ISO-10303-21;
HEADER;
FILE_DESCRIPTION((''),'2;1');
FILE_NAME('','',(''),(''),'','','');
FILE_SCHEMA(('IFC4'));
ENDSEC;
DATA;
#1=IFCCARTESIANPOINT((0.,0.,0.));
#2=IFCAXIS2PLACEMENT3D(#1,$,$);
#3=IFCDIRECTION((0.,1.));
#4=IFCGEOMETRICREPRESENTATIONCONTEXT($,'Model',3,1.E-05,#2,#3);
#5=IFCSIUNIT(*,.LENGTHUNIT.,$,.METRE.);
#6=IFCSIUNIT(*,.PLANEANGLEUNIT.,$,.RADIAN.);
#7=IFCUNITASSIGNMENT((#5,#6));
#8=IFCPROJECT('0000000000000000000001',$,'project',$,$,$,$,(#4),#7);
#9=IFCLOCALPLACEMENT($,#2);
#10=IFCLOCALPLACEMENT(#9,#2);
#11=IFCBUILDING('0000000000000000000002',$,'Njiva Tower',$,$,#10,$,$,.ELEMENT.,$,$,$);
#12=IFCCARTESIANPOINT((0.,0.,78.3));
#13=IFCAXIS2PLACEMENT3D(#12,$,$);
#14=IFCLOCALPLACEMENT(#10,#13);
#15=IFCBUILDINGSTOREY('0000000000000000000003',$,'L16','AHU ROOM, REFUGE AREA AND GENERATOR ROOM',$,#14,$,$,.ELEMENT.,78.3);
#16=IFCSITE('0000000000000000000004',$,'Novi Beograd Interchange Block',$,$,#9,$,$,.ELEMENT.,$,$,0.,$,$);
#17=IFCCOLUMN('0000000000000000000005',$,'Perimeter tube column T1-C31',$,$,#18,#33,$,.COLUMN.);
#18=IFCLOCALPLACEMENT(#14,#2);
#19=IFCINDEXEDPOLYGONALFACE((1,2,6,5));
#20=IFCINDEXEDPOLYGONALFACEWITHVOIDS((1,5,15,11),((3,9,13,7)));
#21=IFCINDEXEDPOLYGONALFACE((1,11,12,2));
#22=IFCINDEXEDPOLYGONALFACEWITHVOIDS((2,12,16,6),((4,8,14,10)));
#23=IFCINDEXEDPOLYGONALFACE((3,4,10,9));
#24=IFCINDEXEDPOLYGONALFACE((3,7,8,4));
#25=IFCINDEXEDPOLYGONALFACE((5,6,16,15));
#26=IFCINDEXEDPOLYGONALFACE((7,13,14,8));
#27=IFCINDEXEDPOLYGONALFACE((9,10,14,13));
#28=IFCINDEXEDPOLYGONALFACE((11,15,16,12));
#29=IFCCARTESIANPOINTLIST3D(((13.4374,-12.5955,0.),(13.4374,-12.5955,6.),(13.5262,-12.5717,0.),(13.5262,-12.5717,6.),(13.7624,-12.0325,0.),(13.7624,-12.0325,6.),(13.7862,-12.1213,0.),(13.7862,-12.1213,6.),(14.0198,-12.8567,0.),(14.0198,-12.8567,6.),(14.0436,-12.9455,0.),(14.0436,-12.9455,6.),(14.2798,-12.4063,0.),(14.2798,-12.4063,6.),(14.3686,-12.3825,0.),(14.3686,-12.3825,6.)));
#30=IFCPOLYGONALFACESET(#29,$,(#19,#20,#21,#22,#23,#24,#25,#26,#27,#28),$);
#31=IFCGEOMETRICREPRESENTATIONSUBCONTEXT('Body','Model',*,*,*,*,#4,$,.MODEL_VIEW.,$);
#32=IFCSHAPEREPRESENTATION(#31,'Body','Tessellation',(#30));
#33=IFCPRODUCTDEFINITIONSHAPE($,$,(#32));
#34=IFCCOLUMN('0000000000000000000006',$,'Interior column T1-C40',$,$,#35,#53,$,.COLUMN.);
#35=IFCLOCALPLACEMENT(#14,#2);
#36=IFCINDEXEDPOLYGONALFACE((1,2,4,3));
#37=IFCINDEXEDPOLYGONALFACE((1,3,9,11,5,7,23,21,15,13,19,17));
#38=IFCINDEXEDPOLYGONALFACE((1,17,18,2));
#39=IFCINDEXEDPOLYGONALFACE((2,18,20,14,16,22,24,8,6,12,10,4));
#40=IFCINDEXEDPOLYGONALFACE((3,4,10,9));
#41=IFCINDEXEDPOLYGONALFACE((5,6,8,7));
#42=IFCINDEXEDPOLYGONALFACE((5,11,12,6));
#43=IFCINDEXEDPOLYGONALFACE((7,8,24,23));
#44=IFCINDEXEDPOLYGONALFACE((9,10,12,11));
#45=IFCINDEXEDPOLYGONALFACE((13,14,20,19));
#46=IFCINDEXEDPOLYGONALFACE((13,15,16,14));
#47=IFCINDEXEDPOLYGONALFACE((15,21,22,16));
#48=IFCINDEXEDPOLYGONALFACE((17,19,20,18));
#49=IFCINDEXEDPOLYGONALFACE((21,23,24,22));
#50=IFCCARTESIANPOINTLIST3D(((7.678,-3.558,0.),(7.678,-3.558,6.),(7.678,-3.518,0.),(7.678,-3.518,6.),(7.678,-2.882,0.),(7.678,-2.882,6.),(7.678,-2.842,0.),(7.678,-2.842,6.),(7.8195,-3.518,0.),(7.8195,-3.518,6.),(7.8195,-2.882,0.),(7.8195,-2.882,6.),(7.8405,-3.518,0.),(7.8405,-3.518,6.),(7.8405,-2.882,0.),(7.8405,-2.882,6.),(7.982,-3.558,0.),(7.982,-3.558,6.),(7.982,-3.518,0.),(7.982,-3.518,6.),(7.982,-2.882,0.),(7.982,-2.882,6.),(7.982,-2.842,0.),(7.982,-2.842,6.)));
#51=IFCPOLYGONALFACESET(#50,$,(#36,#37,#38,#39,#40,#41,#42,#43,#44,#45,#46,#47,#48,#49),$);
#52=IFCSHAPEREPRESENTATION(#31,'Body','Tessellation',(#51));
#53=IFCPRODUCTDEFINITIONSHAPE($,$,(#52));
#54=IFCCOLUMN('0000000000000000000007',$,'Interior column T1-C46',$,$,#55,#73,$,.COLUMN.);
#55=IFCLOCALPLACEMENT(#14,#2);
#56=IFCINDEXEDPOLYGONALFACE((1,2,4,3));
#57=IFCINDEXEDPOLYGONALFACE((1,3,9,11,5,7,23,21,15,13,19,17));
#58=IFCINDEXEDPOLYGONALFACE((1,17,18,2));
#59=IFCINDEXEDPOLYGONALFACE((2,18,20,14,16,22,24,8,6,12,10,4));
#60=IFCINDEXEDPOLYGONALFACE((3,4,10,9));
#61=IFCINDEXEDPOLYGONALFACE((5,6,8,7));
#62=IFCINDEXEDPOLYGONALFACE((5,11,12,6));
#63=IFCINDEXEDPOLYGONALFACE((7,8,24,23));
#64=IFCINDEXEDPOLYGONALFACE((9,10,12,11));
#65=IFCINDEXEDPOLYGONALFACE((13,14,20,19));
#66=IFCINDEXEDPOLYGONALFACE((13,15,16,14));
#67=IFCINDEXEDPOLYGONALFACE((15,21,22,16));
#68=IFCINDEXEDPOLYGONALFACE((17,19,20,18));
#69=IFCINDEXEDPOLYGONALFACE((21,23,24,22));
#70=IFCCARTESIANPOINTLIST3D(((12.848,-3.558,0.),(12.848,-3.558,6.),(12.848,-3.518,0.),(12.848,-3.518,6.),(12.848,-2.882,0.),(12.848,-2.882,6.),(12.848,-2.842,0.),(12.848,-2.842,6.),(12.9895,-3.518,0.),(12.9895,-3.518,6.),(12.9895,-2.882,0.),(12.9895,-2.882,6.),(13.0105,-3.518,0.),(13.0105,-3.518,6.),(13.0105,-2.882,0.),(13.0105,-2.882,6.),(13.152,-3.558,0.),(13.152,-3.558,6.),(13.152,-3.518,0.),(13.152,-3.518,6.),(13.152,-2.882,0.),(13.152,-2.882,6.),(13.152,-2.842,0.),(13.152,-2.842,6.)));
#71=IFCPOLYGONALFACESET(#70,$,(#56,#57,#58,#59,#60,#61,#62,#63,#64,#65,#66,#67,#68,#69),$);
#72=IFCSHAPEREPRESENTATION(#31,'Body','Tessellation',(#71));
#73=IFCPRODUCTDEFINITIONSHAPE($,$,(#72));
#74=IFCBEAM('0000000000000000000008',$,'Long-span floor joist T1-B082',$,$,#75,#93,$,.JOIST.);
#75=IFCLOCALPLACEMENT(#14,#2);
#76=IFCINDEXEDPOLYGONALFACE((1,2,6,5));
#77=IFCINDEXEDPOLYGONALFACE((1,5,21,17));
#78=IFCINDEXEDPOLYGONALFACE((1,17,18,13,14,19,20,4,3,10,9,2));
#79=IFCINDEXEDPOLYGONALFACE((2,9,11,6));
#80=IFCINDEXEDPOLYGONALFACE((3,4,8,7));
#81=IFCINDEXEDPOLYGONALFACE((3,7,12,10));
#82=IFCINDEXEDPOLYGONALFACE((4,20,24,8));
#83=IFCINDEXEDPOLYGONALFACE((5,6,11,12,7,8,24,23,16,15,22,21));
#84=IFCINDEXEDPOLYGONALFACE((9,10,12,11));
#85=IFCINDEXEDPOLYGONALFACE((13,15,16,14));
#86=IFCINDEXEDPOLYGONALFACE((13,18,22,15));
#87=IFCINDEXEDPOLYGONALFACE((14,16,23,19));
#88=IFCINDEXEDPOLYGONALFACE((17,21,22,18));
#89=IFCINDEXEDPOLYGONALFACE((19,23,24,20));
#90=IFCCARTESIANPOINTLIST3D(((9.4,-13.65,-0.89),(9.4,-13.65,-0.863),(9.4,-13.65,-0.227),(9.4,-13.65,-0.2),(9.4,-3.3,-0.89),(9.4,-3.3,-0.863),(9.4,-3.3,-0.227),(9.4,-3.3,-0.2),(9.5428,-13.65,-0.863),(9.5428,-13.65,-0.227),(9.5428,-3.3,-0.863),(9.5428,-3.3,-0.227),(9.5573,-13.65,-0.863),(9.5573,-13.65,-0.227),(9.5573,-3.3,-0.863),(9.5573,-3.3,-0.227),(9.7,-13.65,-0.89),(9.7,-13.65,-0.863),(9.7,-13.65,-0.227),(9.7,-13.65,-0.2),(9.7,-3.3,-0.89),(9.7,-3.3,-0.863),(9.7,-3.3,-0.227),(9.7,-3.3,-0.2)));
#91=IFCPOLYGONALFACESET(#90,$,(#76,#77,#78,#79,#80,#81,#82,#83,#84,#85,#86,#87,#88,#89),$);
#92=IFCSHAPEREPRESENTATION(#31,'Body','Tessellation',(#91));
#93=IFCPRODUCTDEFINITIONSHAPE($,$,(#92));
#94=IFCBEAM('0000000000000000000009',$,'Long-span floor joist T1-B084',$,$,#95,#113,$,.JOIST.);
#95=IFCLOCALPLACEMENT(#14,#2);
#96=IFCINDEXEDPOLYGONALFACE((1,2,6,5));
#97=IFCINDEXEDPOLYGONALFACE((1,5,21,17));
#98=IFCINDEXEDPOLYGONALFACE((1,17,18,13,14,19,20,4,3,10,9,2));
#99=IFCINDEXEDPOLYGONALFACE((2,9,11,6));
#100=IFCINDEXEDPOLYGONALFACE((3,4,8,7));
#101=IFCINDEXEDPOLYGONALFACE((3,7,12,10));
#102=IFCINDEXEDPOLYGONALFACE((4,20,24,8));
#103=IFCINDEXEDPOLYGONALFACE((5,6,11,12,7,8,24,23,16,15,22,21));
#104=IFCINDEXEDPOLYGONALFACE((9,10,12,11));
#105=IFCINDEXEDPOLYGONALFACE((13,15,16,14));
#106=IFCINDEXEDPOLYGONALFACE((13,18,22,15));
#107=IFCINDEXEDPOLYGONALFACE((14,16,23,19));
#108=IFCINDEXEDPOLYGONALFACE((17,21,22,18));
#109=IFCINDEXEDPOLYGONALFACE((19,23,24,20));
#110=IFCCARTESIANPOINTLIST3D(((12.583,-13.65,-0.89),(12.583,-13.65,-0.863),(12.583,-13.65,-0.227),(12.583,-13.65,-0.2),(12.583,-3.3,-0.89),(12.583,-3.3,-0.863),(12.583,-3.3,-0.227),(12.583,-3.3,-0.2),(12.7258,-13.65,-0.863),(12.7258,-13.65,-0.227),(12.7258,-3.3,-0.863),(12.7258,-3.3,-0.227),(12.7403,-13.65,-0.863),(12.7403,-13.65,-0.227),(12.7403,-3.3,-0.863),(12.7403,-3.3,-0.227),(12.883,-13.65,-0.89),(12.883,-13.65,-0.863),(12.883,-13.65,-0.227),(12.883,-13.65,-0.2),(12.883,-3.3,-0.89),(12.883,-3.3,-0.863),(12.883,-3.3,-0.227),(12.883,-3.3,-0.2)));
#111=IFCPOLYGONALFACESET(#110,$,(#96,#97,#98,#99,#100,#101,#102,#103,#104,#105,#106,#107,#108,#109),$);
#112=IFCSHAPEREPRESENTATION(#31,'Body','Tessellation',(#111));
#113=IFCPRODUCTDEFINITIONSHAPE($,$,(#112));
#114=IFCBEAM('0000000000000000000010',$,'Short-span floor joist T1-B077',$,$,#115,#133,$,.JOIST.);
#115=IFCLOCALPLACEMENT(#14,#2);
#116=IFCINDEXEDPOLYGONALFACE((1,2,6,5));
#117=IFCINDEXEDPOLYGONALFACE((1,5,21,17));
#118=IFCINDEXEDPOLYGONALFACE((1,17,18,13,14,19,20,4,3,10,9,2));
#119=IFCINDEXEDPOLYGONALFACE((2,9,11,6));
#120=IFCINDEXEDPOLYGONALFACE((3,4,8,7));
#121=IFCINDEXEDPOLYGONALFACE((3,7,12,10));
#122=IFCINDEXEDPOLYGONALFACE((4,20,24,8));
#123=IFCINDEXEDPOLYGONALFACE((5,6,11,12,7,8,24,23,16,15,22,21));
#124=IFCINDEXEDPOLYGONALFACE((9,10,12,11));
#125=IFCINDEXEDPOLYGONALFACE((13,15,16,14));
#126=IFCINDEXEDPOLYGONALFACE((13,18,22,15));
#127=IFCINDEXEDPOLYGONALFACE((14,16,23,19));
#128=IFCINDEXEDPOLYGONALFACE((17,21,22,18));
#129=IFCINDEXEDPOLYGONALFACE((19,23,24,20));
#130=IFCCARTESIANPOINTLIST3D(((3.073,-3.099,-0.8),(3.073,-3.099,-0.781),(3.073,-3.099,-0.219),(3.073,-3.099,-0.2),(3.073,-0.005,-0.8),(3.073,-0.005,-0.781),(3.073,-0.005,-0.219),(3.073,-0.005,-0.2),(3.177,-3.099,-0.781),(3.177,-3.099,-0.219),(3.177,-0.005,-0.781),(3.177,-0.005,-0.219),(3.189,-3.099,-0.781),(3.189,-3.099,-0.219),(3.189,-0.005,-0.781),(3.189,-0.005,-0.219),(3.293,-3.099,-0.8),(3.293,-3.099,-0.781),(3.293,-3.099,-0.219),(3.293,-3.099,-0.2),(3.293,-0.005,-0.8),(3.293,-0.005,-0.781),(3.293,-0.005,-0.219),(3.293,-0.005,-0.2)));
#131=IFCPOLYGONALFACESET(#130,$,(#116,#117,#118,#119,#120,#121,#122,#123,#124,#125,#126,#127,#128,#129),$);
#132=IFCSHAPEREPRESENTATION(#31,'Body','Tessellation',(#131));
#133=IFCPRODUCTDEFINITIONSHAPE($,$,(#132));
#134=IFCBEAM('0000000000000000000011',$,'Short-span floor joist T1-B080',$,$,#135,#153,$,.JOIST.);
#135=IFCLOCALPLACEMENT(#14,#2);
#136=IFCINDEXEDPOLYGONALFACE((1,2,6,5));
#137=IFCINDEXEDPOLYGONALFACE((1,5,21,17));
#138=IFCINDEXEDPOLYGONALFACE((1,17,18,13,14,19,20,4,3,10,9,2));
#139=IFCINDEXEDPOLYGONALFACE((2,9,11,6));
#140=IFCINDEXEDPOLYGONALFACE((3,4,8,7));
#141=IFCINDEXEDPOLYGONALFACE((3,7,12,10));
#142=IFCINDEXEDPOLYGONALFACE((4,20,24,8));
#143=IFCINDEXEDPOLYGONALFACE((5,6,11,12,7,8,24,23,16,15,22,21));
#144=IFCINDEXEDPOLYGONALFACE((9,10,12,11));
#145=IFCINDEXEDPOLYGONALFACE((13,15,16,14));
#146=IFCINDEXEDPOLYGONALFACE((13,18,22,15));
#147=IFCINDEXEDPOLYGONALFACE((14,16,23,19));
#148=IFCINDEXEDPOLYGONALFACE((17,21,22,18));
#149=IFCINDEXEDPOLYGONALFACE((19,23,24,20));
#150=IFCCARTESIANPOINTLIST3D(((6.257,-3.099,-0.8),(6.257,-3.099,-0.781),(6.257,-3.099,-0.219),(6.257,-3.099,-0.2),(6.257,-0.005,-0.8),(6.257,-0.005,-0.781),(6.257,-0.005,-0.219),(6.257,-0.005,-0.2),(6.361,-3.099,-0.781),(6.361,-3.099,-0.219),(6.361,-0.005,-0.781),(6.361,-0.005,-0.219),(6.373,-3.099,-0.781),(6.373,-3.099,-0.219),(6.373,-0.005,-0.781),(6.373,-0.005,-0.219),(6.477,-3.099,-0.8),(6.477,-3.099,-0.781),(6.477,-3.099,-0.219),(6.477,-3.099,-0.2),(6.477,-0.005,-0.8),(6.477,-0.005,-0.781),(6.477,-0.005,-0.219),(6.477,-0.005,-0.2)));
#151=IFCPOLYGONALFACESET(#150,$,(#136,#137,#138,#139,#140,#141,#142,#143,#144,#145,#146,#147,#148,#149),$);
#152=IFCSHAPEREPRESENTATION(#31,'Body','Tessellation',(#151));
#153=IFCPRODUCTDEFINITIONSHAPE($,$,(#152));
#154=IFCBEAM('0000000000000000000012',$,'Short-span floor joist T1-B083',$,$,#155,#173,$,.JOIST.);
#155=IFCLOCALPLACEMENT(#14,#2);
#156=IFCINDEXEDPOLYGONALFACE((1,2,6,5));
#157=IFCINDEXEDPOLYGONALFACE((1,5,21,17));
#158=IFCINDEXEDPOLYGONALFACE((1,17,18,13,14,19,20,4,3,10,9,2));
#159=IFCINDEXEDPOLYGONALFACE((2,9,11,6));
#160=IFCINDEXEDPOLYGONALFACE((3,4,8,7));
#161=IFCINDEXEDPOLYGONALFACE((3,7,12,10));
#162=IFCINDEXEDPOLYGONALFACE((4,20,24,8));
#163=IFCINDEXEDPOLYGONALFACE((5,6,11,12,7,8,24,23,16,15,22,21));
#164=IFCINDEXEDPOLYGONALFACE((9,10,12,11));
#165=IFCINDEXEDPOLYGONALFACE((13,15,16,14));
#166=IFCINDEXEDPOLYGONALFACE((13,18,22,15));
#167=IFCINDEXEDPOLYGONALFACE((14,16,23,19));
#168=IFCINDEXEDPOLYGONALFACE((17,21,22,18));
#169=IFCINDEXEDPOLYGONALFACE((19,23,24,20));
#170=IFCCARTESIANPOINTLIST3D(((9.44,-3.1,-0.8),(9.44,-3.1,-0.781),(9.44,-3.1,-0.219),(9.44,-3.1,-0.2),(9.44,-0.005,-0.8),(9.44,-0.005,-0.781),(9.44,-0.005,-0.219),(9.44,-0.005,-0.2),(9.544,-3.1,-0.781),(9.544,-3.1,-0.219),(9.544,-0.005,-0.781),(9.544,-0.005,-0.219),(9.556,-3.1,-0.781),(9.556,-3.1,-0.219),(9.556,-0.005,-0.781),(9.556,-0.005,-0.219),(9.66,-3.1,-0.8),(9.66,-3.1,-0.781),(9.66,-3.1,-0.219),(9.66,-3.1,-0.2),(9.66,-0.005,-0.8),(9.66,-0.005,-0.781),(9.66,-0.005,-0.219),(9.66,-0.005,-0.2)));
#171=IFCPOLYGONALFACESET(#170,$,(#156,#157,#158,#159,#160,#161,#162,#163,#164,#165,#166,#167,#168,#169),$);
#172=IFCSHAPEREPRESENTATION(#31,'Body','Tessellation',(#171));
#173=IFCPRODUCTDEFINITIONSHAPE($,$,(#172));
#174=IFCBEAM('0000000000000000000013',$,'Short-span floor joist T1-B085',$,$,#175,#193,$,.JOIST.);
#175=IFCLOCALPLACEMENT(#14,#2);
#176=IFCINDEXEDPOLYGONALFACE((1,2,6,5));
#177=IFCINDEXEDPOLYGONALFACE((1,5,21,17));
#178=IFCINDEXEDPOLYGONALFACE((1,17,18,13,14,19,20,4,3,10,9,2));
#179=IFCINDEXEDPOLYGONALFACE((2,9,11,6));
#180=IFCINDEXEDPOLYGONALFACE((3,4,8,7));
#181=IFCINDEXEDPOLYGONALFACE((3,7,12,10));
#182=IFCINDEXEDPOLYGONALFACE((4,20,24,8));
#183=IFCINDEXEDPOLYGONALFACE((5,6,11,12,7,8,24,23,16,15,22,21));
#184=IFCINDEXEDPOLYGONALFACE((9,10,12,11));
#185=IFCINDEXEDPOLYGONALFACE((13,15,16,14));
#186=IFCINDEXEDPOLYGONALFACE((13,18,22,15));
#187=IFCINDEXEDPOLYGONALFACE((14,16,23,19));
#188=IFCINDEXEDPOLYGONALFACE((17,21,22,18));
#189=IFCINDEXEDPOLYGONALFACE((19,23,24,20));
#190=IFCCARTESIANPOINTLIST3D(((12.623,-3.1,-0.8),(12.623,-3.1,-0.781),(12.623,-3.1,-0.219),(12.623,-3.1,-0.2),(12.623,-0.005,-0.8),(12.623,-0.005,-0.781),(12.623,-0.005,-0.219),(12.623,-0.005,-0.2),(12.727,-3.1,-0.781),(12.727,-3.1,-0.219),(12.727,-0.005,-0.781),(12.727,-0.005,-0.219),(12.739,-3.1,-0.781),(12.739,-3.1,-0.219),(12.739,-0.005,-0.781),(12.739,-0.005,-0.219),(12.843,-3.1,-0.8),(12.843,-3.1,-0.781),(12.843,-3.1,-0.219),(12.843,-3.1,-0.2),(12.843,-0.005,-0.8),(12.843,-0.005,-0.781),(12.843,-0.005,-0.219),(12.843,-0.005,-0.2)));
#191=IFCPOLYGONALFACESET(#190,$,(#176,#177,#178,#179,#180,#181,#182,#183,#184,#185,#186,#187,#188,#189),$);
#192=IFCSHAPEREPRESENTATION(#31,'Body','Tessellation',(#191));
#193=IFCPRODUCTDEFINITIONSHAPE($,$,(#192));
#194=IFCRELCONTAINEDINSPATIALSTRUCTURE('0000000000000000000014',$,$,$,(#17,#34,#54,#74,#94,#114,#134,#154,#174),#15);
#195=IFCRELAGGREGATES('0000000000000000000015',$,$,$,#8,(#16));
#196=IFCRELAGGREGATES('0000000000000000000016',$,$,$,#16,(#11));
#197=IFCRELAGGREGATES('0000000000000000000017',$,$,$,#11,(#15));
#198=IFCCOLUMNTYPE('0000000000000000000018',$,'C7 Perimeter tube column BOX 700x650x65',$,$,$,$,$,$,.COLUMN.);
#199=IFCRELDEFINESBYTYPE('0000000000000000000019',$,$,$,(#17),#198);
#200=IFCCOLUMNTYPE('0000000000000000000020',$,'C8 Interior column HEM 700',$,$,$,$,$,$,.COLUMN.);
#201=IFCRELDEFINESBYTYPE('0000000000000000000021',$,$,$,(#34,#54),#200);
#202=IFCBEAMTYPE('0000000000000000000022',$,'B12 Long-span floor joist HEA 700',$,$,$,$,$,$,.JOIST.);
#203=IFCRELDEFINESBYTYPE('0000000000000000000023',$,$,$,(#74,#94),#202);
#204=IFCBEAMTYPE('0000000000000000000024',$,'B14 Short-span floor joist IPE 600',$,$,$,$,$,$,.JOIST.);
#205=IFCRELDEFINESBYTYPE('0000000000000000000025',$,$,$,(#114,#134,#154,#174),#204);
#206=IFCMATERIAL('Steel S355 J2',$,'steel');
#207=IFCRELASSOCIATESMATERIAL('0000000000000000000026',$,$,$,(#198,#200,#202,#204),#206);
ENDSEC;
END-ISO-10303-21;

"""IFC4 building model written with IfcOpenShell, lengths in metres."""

from ifc_helpers import new_model, si_unit, direction, frame, origin, origin_2d, place, context, subcontext, project, spatial, hollow_rectangle, i_section, extrude, material, material_profile, profile_set, type_object, element, save


model = new_model("IFC4")

# Units and contexts
model_context = context("Model", 3, precision=1e-05, world=origin(), true_north=direction((0.0, 1.0)))
body_context = subcontext(model_context, "Body", "Model", "MODEL_VIEW")
ifc_project = project(units=[si_unit("LENGTHUNIT", "METRE"), si_unit("PLANEANGLEUNIT", "RADIAN")], contexts=[model_context])

# Site, building, storey
site_placement = place(None, origin())
site = spatial("IfcSite", under=ifc_project, at=site_placement, Name="Novi Beograd Interchange Block", CompositionType="ELEMENT", RefElevation=0.0)
building_placement = place(site_placement, origin())
building = spatial("IfcBuilding", under=site, at=building_placement, Name="Njiva Tower", CompositionType="ELEMENT")
storey_placement = place(building_placement, frame((0.0, 0.0, 78.3)))
storey = spatial("IfcBuildingStorey", under=building, at=storey_placement, Name="L16", Description="AHU ROOM, REFUGE AREA AND GENERATOR ROOM", CompositionType="ELEMENT", Elevation=78.3)

# Columns
ifc_material_1 = material(Name="Steel S355 J2", Category="steel")
ifc_material_profile_1 = material_profile(ifc_material_1, hollow_rectangle(XDim=0.65, YDim=0.7, WallThickness=0.065, at=origin_2d()), Name="BOX 700x650x65")
ifc_profile_set_1 = profile_set([ifc_material_profile_1], Name="Steel S355 J2")
column_type_1 = type_object("IfcColumnType", Name="C7 Perimeter tube column BOX 700x650x65", PredefinedType="COLUMN", material=ifc_profile_set_1)
column_placement = place(storey_placement, frame((13.903, -12.489, 0.0), z_axis=(0.0, 0.0, 1.0), x_axis=(0.5, 0.866025, 0.0)))
element("IfcColumn", 1, at=column_placement, inside=storey, type_object=column_type_1, Name="Perimeter tube column T1-C31", PredefinedType="COLUMN", context=body_context, shape_type="SweptSolid", body=[
    extrude(hollow_rectangle(XDim=0.65, YDim=0.7, WallThickness=0.065, at=origin_2d()), origin(), (0.0, 0.0, 1.0), 6.0),
])
ifc_material_profile_2 = material_profile(ifc_material_1, i_section(OverallWidth=0.304, OverallDepth=0.716, WebThickness=0.021, FlangeThickness=0.04, at=origin_2d()), Name="HEM 700")
ifc_profile_set_2 = profile_set([ifc_material_profile_2], Name="Steel S355 J2")
column_type_2 = type_object("IfcColumnType", Name="C8 Interior column HEM 700", PredefinedType="COLUMN", material=ifc_profile_set_2)
for number, where, z_axis, x_axis, name in (
    (2, (7.83, -3.2, 0.0), (0.0, 0.0, 1.0), (1.0, 0.0, 0.0), "Interior column T1-C40"),
    (3, (13.0, -3.2, 0.0), (0.0, 0.0, 1.0), (1.0, 0.0, 0.0), "Interior column T1-C46"),
):
    element("IfcColumn", number, at=place(storey_placement, frame(where, z_axis=z_axis, x_axis=x_axis)), inside=storey, type_object=column_type_2, Name=name, PredefinedType="COLUMN", context=body_context, shape_type="SweptSolid", body=[
        extrude(i_section(OverallWidth=0.304, OverallDepth=0.716, WebThickness=0.021, FlangeThickness=0.04, at=origin_2d()), origin(), (0.0, 0.0, 1.0), 6.0),
    ])

# Beams
ifc_material_profile_3 = material_profile(ifc_material_1, i_section(OverallWidth=0.3, OverallDepth=0.69, WebThickness=0.0145, FlangeThickness=0.027, at=origin_2d()), Name="HEA 700")
ifc_profile_set_3 = profile_set([ifc_material_profile_3], Name="Steel S355 J2")
beam_type_1 = type_object("IfcBeamType", Name="B12 Long-span floor joist HEA 700", PredefinedType="JOIST", material=ifc_profile_set_3)
for number, where, z_axis, x_axis, name in (
    (4, (9.55, -3.3, -0.545), (0.0, -1.0, 0.0), (1.0, 0.0, 0.0), "Long-span floor joist T1-B082"),
    (5, (12.733, -3.3, -0.545), (0.0, -1.0, 0.0), (1.0, 0.0, 0.0), "Long-span floor joist T1-B084"),
):
    element("IfcBeam", number, at=place(storey_placement, frame(where, z_axis=z_axis, x_axis=x_axis)), inside=storey, type_object=beam_type_1, Name=name, PredefinedType="JOIST", context=body_context, shape_type="SweptSolid", body=[
        extrude(i_section(OverallWidth=0.3, OverallDepth=0.69, WebThickness=0.0145, FlangeThickness=0.027, at=origin_2d()), origin(), (0.0, 0.0, 1.0), 10.35),
    ])
ifc_material_profile_4 = material_profile(ifc_material_1, i_section(OverallWidth=0.22, OverallDepth=0.6, WebThickness=0.012, FlangeThickness=0.019, at=origin_2d()), Name="IPE 600")
ifc_profile_set_4 = profile_set([ifc_material_profile_4], Name="Steel S355 J2")
beam_type_2 = type_object("IfcBeamType", Name="B14 Short-span floor joist IPE 600", PredefinedType="JOIST", material=ifc_profile_set_4)
for number, where, z_axis, x_axis, name in (
    (6, (3.183, -0.005, -0.5), (0.0, -1.0, 0.0), (1.0, 0.0, 0.0), "Short-span floor joist T1-B077"),
    (7, (6.367, -0.005, -0.5), (0.0, -1.0, 0.0), (1.0, 0.0, 0.0), "Short-span floor joist T1-B080"),
):
    element("IfcBeam", number, at=place(storey_placement, frame(where, z_axis=z_axis, x_axis=x_axis)), inside=storey, type_object=beam_type_2, Name=name, PredefinedType="JOIST", context=body_context, shape_type="SweptSolid", body=[
        extrude(i_section(OverallWidth=0.22, OverallDepth=0.6, WebThickness=0.012, FlangeThickness=0.019, at=origin_2d()), origin(), (0.0, 0.0, 1.0), 3.094),
    ])
for number, where, z_axis, x_axis, name in (
    (8, (9.55, -0.005, -0.5), (0.0, -1.0, 0.0), (1.0, 0.0, 0.0), "Short-span floor joist T1-B083"),
    (9, (12.733, -0.005, -0.5), (0.0, -1.0, 0.0), (1.0, 0.0, 0.0), "Short-span floor joist T1-B085"),
):
    element("IfcBeam", number, at=place(storey_placement, frame(where, z_axis=z_axis, x_axis=x_axis)), inside=storey, type_object=beam_type_2, Name=name, PredefinedType="JOIST", context=body_context, shape_type="SweptSolid", body=[
        extrude(i_section(OverallWidth=0.22, OverallDepth=0.6, WebThickness=0.012, FlangeThickness=0.019, at=origin_2d()), origin(), (0.0, 0.0, 1.0), 3.095),
    ])

save(model, "model.ifc")
